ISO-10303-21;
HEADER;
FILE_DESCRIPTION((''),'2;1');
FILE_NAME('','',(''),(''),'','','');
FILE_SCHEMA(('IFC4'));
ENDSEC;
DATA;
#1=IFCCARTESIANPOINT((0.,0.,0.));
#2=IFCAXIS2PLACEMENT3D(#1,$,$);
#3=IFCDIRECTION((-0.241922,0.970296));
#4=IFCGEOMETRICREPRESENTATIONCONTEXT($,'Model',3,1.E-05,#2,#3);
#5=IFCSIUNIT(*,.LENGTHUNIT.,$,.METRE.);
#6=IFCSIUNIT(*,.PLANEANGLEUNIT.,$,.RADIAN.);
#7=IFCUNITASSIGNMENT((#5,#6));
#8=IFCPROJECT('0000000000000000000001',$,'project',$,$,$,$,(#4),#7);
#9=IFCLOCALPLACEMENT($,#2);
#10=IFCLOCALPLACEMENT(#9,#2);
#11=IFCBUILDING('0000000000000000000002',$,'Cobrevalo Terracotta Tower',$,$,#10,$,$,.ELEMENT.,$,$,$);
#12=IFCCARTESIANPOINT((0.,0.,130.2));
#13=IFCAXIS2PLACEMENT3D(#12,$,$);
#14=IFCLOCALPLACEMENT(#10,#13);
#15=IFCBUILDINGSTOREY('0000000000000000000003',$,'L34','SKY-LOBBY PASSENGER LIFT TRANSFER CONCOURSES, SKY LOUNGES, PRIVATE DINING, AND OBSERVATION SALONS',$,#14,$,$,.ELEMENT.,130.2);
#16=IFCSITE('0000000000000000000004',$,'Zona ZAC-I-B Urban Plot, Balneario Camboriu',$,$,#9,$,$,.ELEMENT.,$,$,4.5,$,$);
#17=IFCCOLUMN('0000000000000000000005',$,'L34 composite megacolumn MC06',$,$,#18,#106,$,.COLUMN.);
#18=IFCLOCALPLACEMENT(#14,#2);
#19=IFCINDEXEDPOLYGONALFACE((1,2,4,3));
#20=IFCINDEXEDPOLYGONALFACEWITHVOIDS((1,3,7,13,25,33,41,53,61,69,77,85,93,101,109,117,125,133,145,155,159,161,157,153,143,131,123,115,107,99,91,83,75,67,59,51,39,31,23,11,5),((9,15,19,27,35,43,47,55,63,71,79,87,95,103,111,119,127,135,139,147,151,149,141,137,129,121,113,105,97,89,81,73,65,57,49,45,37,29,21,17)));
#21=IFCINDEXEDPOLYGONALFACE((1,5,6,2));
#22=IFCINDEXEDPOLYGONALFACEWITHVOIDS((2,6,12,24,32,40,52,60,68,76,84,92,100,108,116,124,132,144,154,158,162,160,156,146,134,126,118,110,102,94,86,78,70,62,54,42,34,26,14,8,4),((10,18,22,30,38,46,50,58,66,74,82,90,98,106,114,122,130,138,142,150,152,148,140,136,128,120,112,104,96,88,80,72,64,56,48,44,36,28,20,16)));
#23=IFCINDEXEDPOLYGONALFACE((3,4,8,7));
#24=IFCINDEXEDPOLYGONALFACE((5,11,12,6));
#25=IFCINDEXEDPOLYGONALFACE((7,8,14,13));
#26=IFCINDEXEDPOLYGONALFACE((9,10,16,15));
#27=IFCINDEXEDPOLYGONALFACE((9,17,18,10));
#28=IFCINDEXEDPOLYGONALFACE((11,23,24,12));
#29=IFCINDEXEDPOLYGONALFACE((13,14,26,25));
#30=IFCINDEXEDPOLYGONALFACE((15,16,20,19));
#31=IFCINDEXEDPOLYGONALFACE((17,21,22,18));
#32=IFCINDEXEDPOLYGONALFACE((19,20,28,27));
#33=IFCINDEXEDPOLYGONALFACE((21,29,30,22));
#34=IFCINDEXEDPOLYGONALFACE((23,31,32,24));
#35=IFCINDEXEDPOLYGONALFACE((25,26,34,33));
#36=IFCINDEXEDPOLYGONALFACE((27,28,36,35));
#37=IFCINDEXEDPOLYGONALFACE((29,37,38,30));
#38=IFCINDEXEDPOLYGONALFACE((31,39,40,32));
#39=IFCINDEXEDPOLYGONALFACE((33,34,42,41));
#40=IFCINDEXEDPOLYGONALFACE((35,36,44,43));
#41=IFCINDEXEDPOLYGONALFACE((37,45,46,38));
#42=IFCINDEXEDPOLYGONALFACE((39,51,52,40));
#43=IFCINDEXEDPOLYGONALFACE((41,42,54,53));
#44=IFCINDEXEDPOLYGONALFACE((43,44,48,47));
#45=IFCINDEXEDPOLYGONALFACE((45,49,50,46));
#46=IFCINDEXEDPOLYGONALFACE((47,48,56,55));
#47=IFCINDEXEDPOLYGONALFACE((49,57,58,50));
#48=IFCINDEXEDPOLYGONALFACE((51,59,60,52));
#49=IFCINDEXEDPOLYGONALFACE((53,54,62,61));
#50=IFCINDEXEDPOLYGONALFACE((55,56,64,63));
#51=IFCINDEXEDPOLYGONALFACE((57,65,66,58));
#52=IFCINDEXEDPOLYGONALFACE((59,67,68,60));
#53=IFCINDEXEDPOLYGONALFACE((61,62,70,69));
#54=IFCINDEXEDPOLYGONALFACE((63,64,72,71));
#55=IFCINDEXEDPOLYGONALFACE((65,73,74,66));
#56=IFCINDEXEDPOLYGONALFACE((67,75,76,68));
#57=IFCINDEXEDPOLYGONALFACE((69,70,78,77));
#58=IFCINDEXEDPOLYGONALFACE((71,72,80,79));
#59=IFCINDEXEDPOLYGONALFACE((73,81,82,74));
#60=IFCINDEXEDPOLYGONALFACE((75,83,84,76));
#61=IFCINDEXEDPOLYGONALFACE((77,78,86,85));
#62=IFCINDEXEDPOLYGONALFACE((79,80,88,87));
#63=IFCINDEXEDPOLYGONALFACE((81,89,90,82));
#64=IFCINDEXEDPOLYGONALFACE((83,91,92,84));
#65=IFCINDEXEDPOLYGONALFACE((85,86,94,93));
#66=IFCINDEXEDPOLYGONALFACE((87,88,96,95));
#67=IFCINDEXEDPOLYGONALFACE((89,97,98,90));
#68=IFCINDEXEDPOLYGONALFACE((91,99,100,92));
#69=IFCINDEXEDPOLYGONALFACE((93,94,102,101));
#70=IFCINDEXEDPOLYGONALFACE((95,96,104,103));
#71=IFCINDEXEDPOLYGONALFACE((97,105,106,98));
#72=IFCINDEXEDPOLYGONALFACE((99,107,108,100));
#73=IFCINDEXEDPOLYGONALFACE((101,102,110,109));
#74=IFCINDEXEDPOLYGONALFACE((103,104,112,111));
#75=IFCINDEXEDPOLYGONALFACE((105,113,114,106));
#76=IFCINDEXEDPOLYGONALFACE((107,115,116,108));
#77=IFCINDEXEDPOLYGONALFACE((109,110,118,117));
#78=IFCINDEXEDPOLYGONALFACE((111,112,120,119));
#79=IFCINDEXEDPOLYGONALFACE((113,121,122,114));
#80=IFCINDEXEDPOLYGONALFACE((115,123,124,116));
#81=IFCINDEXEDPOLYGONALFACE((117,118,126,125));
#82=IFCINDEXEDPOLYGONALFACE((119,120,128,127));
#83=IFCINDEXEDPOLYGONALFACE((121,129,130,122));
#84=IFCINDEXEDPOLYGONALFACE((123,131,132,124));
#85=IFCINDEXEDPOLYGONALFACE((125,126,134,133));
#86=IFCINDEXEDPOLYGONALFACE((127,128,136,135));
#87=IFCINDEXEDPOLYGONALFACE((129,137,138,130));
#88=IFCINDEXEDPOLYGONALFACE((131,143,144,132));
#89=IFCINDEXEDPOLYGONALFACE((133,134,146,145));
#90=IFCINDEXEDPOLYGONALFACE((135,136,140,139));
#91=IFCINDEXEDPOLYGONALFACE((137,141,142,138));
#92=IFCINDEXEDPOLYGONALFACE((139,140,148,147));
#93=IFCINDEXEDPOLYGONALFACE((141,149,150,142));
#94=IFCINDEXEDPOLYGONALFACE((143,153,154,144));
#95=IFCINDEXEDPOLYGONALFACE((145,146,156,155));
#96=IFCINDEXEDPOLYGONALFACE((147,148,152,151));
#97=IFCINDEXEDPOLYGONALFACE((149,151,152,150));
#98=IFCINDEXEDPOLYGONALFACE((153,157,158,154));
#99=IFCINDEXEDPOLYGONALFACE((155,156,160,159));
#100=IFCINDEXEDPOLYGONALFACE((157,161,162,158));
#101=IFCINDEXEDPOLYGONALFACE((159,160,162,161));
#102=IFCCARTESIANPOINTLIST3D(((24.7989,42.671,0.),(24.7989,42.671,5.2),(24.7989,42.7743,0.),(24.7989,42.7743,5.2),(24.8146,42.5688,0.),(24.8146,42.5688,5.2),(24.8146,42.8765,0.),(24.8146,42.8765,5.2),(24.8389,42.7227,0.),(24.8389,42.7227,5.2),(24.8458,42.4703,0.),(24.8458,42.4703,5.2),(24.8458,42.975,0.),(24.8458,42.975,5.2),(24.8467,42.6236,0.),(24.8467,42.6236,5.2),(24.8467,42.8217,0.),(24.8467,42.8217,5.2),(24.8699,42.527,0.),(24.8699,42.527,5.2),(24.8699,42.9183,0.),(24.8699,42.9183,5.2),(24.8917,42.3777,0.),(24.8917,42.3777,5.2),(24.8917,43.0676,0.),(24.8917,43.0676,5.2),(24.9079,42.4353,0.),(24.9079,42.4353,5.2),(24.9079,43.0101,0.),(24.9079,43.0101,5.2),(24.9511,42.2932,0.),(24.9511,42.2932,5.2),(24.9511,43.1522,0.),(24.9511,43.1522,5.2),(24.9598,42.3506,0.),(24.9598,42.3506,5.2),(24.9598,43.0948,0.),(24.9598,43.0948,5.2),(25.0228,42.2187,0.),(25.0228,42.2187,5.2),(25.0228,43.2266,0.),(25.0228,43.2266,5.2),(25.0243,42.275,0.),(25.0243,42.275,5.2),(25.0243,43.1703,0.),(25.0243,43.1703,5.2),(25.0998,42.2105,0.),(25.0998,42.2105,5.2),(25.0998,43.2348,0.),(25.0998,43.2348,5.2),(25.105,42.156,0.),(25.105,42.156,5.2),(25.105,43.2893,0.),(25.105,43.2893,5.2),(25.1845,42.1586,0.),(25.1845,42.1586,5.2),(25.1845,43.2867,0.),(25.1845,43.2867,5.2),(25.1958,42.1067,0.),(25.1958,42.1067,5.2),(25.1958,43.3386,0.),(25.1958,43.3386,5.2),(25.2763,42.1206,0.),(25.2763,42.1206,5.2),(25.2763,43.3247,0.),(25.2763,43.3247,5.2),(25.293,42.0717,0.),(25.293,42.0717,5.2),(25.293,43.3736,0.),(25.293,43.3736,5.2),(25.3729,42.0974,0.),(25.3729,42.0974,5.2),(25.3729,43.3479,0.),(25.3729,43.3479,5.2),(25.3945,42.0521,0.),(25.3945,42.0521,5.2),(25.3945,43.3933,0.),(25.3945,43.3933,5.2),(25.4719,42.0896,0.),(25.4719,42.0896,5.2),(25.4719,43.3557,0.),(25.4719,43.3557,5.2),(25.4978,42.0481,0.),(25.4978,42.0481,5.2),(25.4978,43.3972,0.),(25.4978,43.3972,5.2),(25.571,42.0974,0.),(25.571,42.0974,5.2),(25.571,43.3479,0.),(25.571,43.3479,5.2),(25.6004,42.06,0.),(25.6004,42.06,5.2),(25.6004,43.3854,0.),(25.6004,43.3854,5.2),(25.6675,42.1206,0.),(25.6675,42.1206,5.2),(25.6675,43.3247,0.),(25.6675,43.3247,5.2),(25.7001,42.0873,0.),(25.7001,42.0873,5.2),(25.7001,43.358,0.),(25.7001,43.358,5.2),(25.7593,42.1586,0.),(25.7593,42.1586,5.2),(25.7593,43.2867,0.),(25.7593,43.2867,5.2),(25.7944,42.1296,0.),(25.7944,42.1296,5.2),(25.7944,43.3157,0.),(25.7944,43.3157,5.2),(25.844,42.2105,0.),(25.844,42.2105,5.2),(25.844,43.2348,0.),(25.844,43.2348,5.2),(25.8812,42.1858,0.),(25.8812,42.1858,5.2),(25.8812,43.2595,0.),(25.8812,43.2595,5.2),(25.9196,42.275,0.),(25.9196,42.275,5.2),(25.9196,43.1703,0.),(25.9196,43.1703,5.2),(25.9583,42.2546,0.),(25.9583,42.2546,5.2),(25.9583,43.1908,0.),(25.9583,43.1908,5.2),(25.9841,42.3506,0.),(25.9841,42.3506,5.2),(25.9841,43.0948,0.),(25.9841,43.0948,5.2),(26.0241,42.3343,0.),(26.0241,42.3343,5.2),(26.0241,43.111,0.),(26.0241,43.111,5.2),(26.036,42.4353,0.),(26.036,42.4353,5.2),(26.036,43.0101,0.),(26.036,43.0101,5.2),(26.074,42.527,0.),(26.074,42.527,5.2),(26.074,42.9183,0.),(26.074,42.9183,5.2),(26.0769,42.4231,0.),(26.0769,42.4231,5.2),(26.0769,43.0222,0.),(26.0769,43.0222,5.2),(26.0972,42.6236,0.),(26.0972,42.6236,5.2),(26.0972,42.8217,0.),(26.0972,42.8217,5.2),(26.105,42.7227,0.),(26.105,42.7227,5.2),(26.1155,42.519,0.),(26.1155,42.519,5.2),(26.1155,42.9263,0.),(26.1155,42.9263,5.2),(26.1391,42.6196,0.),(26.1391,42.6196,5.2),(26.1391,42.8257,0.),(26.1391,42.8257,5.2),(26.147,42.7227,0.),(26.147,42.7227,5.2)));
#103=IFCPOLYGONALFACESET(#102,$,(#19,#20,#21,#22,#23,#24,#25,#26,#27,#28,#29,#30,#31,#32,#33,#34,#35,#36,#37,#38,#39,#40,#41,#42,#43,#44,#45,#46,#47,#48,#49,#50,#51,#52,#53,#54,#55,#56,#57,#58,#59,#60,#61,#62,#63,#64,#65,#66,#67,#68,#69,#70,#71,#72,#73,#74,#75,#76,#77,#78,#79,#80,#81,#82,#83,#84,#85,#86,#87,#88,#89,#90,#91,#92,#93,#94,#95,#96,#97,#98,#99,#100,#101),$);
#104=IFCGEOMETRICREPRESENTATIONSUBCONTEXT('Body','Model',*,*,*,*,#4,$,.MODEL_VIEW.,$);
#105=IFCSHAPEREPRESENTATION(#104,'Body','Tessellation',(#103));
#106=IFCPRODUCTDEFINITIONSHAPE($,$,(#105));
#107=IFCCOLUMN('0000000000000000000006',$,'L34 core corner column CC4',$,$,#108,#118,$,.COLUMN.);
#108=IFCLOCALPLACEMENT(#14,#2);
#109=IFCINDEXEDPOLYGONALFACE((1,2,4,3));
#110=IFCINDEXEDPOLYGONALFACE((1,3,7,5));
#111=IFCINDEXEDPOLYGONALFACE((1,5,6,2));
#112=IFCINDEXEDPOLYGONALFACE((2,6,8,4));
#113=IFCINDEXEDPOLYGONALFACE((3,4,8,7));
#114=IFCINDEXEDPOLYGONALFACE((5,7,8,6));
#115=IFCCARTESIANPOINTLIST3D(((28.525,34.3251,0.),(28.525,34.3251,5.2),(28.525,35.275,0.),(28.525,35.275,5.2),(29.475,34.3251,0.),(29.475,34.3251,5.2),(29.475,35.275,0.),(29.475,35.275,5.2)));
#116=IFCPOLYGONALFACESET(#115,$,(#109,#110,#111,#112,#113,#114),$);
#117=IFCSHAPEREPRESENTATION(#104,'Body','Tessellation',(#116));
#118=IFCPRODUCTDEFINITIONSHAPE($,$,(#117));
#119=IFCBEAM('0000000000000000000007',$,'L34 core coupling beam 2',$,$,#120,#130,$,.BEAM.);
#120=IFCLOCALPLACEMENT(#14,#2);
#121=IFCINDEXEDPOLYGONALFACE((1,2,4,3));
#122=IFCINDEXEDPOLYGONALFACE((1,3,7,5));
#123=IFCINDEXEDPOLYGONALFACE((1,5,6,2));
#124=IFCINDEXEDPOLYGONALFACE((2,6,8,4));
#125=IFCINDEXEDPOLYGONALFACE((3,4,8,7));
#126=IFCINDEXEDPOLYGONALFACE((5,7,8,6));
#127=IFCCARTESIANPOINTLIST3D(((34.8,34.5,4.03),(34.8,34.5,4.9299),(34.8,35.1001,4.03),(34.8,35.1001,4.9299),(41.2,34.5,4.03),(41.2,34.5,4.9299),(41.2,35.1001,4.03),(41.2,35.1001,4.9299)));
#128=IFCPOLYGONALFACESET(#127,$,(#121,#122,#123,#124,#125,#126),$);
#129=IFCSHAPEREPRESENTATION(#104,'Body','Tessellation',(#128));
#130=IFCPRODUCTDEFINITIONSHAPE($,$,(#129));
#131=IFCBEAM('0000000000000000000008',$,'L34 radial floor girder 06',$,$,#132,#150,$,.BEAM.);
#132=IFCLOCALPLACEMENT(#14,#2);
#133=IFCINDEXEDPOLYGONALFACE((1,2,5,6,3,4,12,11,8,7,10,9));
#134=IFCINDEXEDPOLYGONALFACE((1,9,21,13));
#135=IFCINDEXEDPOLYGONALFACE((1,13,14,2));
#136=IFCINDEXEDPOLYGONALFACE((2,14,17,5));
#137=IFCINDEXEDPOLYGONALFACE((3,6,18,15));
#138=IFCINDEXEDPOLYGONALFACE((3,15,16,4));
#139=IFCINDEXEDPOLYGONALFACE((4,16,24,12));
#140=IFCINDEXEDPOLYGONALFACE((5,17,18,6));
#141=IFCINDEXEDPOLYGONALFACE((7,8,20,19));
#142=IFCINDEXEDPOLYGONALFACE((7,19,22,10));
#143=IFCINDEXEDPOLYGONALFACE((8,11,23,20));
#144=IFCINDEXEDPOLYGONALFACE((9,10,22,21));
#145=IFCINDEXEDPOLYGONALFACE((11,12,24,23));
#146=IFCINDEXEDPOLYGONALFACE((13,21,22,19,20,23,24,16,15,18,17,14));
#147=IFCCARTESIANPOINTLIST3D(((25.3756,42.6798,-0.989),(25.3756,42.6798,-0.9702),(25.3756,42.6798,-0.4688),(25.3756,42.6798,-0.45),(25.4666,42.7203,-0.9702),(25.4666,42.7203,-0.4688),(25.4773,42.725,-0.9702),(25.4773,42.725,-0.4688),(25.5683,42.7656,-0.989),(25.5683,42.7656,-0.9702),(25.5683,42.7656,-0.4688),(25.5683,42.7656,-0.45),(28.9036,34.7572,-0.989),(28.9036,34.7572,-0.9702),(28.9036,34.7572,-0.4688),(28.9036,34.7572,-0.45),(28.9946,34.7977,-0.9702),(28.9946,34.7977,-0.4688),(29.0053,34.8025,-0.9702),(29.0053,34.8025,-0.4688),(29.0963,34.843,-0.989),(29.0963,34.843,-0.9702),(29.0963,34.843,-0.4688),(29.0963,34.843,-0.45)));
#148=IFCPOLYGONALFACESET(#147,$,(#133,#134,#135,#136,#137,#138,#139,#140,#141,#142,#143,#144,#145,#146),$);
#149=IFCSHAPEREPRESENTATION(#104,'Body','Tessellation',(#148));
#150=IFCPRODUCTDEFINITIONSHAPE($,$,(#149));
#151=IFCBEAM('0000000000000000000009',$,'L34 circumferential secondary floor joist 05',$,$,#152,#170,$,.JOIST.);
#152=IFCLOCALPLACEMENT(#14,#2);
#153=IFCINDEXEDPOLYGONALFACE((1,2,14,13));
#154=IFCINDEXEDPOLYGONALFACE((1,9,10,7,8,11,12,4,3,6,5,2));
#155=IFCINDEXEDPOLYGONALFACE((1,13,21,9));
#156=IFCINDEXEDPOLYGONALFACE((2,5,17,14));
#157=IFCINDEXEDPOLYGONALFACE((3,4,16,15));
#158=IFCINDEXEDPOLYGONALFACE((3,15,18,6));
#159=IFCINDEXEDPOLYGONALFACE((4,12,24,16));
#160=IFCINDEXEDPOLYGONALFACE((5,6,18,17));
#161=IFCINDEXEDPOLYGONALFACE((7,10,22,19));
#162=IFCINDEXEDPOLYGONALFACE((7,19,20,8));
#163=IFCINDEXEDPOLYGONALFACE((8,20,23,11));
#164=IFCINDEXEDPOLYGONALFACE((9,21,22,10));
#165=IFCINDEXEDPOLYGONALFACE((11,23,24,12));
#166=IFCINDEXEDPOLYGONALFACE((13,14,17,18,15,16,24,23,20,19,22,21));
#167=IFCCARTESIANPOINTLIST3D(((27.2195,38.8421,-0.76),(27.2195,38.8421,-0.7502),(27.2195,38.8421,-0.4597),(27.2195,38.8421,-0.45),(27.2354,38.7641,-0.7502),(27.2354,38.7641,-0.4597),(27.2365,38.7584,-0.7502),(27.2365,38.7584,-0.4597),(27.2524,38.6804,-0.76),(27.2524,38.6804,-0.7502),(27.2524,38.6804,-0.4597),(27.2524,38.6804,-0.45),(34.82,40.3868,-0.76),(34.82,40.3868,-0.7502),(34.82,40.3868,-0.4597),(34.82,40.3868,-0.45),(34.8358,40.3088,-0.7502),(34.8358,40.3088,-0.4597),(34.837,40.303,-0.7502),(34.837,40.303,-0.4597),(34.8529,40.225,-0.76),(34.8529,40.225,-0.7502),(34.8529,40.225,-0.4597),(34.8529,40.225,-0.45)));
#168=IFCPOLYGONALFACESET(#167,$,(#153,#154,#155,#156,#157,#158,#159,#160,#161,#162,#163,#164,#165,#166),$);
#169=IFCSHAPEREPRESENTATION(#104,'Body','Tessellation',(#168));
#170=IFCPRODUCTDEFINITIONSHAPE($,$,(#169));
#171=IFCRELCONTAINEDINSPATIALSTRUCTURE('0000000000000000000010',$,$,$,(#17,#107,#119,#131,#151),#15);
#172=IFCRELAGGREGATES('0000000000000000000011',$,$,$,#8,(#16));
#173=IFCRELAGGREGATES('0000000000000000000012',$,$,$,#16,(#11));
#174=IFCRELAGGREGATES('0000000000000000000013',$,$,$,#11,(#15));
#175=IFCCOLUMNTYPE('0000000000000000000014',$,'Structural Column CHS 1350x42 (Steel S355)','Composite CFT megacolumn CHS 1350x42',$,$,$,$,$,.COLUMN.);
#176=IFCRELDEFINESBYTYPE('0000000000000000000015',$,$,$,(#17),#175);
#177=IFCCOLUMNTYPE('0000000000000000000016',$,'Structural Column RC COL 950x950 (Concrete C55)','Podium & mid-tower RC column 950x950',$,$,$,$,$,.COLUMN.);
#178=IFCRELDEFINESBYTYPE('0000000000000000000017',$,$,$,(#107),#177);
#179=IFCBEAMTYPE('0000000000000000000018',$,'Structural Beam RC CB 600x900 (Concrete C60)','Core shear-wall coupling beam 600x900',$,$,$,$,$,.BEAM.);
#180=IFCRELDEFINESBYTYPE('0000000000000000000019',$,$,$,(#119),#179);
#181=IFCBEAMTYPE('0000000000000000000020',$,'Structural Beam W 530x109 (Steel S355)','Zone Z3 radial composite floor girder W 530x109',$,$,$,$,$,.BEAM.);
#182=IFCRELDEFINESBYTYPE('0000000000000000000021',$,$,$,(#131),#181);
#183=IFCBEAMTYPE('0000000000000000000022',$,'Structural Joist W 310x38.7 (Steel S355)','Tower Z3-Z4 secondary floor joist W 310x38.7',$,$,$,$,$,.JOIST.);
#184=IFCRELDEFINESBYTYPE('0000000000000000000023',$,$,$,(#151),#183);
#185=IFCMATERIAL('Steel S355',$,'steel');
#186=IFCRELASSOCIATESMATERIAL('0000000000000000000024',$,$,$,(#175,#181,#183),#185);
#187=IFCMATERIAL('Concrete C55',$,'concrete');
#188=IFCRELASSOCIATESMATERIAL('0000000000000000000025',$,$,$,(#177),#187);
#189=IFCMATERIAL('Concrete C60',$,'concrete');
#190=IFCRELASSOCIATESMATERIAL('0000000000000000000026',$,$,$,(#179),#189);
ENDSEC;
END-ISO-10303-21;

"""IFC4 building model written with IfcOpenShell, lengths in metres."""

from ifc_helpers import new_model, si_unit, direction, frame, origin, origin_2d, place, context, subcontext, project, spatial, rectangle, hollow_circle, i_section, extrude, material, material_profile, profile_set, type_object, element, save


model = new_model("IFC4")

# Units and contexts
model_context = context("Model", 3, precision=1e-05, world=origin(), true_north=direction((-0.241922, 0.970296)))
body_context = subcontext(model_context, "Body", "Model", "MODEL_VIEW")
ifc_project = project(units=[si_unit("LENGTHUNIT", "METRE"), si_unit("PLANEANGLEUNIT", "RADIAN")], contexts=[model_context])

# Site, building, storey
site_placement = place(None, origin())
site = spatial("IfcSite", under=ifc_project, at=site_placement, Name="Zona ZAC-I-B Urban Plot, Balneario Camboriu", CompositionType="ELEMENT", RefElevation=4.5)
building_placement = place(site_placement, origin())
building = spatial("IfcBuilding", under=site, at=building_placement, Name="Cobrevalo Terracotta Tower", CompositionType="ELEMENT")
storey_placement = place(building_placement, frame((0.0, 0.0, 130.2)))
storey = spatial("IfcBuildingStorey", under=building, at=storey_placement, Name="L34", Description="SKY-LOBBY PASSENGER LIFT TRANSFER CONCOURSES, SKY LOUNGES, PRIVATE DINING, AND OBSERVATION SALONS", CompositionType="ELEMENT", Elevation=130.2)

# Columns
ifc_material_1 = material(Name="Steel S355", Category="steel")
ifc_material_profile_1 = material_profile(ifc_material_1, hollow_circle(Radius=0.675, WallThickness=0.042, at=origin_2d()), Name="CHS 1350x42")
ifc_profile_set_1 = profile_set([ifc_material_profile_1], Name="Steel S355")
column_type_1 = type_object("IfcColumnType", Name="Structural Column CHS 1350x42 (Steel S355)", Description="Composite CFT megacolumn CHS 1350x42", PredefinedType="COLUMN", material=ifc_profile_set_1)
column_1_placement = place(storey_placement, frame((25.4719, 42.7227, 0.0), z_axis=(0.0, 0.0, 1.0), x_axis=(1.0, 0.0, 0.0)))
element("IfcColumn", 1, at=column_1_placement, inside=storey, type_object=column_type_1, Name="L34 composite megacolumn MC06", PredefinedType="COLUMN", context=body_context, shape_type="SweptSolid", body=[
    extrude(hollow_circle(Radius=0.675, WallThickness=0.042, at=origin_2d()), origin(), (0.0, 0.0, 1.0), 5.2),
])
ifc_material_2 = material(Name="Concrete C55", Category="concrete")
ifc_material_profile_2 = material_profile(ifc_material_2, rectangle(XDim=0.95, YDim=0.95, at=origin_2d()), Name="RC COL 950x950")
ifc_profile_set_2 = profile_set([ifc_material_profile_2], Name="Concrete C55")
column_type_2 = type_object("IfcColumnType", Name="Structural Column RC COL 950x950 (Concrete C55)", Description="Podium & mid-tower RC column 950x950", PredefinedType="COLUMN", material=ifc_profile_set_2)
column_2_placement = place(storey_placement, frame((29.0, 34.8, 0.0), z_axis=(0.0, 0.0, 1.0), x_axis=(1.0, 0.0, 0.0)))
element("IfcColumn", 2, at=column_2_placement, inside=storey, type_object=column_type_2, Name="L34 core corner column CC4", PredefinedType="COLUMN", context=body_context, shape_type="SweptSolid", body=[
    extrude(rectangle(XDim=0.95, YDim=0.95, at=origin_2d()), origin(), (0.0, 0.0, 1.0), 5.2),
])

# Beams
ifc_material_3 = material(Name="Concrete C60", Category="concrete")
ifc_material_profile_3 = material_profile(ifc_material_3, rectangle(XDim=0.6001, YDim=0.8999, at=origin_2d()), Name="RC CB 600x900")
ifc_profile_set_3 = profile_set([ifc_material_profile_3], Name="Concrete C60")
beam_type_1 = type_object("IfcBeamType", Name="Structural Beam RC CB 600x900 (Concrete C60)", Description="Core shear-wall coupling beam 600x900", PredefinedType="BEAM", material=ifc_profile_set_3)
beam_1_placement = place(storey_placement, frame((34.8, 34.8, 4.48), z_axis=(1.0, 0.0, 0.0), x_axis=(0.0, 1.0, 0.0)))
element("IfcBeam", 3, at=beam_1_placement, inside=storey, type_object=beam_type_1, Name="L34 core coupling beam 2", PredefinedType="BEAM", context=body_context, shape_type="SweptSolid", body=[
    extrude(rectangle(XDim=0.6001, YDim=0.8999, at=origin_2d()), origin(), (0.0, 0.0, 1.0), 6.3999),
])
ifc_material_profile_4 = material_profile(ifc_material_1, i_section(OverallWidth=0.2109, OverallDepth=0.5391, WebThickness=0.0117, FlangeThickness=0.0188, at=origin_2d()), Name="W 530x109")
ifc_profile_set_4 = profile_set([ifc_material_profile_4], Name="Steel S355")
beam_type_2 = type_object("IfcBeamType", Name="Structural Beam W 530x109 (Steel S355)", Description="Zone Z3 radial composite floor girder W 530x109", PredefinedType="BEAM", material=ifc_profile_set_4)
beam_2_placement = place(storey_placement, frame((25.4719, 42.7227, -0.7195), z_axis=(0.406804, -0.913515, 0.0), x_axis=(0.913515, 0.406804, 0.0)))
element("IfcBeam", 4, at=beam_2_placement, inside=storey, type_object=beam_type_2, Name="L34 radial floor girder 06", PredefinedType="BEAM", context=body_context, shape_type="SweptSolid", body=[
    extrude(i_section(OverallWidth=0.2109, OverallDepth=0.5391, WebThickness=0.0117, FlangeThickness=0.0188, at=origin_2d()), origin(), (0.0, 0.0, 1.0), 8.6726),
])
ifc_material_profile_5 = material_profile(ifc_material_1, i_section(OverallWidth=0.165, OverallDepth=0.3101, WebThickness=0.0059, FlangeThickness=0.0098, at=origin_2d()), Name="W 310x38.7")
ifc_profile_set_5 = profile_set([ifc_material_profile_5], Name="Steel S355")
beam_type_3 = type_object("IfcBeamType", Name="Structural Joist W 310x38.7 (Steel S355)", Description="Tower Z3-Z4 secondary floor joist W 310x38.7", PredefinedType="JOIST", material=ifc_profile_set_5)
beam_3_placement = place(storey_placement, frame((34.8364, 40.3059, -0.605), z_axis=(-0.979967, -0.19916, 0.0), x_axis=(0.19916, -0.979967, 0.0)))
element("IfcBeam", 5, at=beam_3_placement, inside=storey, type_object=beam_type_3, Name="L34 circumferential secondary floor joist 05", PredefinedType="JOIST", context=body_context, shape_type="SweptSolid", body=[
    extrude(i_section(OverallWidth=0.165, OverallDepth=0.3101, WebThickness=0.0059, FlangeThickness=0.0098, at=origin_2d()), origin(), (0.0, 0.0, 1.0), 7.7559),
])

save(model, "model.ifc")
